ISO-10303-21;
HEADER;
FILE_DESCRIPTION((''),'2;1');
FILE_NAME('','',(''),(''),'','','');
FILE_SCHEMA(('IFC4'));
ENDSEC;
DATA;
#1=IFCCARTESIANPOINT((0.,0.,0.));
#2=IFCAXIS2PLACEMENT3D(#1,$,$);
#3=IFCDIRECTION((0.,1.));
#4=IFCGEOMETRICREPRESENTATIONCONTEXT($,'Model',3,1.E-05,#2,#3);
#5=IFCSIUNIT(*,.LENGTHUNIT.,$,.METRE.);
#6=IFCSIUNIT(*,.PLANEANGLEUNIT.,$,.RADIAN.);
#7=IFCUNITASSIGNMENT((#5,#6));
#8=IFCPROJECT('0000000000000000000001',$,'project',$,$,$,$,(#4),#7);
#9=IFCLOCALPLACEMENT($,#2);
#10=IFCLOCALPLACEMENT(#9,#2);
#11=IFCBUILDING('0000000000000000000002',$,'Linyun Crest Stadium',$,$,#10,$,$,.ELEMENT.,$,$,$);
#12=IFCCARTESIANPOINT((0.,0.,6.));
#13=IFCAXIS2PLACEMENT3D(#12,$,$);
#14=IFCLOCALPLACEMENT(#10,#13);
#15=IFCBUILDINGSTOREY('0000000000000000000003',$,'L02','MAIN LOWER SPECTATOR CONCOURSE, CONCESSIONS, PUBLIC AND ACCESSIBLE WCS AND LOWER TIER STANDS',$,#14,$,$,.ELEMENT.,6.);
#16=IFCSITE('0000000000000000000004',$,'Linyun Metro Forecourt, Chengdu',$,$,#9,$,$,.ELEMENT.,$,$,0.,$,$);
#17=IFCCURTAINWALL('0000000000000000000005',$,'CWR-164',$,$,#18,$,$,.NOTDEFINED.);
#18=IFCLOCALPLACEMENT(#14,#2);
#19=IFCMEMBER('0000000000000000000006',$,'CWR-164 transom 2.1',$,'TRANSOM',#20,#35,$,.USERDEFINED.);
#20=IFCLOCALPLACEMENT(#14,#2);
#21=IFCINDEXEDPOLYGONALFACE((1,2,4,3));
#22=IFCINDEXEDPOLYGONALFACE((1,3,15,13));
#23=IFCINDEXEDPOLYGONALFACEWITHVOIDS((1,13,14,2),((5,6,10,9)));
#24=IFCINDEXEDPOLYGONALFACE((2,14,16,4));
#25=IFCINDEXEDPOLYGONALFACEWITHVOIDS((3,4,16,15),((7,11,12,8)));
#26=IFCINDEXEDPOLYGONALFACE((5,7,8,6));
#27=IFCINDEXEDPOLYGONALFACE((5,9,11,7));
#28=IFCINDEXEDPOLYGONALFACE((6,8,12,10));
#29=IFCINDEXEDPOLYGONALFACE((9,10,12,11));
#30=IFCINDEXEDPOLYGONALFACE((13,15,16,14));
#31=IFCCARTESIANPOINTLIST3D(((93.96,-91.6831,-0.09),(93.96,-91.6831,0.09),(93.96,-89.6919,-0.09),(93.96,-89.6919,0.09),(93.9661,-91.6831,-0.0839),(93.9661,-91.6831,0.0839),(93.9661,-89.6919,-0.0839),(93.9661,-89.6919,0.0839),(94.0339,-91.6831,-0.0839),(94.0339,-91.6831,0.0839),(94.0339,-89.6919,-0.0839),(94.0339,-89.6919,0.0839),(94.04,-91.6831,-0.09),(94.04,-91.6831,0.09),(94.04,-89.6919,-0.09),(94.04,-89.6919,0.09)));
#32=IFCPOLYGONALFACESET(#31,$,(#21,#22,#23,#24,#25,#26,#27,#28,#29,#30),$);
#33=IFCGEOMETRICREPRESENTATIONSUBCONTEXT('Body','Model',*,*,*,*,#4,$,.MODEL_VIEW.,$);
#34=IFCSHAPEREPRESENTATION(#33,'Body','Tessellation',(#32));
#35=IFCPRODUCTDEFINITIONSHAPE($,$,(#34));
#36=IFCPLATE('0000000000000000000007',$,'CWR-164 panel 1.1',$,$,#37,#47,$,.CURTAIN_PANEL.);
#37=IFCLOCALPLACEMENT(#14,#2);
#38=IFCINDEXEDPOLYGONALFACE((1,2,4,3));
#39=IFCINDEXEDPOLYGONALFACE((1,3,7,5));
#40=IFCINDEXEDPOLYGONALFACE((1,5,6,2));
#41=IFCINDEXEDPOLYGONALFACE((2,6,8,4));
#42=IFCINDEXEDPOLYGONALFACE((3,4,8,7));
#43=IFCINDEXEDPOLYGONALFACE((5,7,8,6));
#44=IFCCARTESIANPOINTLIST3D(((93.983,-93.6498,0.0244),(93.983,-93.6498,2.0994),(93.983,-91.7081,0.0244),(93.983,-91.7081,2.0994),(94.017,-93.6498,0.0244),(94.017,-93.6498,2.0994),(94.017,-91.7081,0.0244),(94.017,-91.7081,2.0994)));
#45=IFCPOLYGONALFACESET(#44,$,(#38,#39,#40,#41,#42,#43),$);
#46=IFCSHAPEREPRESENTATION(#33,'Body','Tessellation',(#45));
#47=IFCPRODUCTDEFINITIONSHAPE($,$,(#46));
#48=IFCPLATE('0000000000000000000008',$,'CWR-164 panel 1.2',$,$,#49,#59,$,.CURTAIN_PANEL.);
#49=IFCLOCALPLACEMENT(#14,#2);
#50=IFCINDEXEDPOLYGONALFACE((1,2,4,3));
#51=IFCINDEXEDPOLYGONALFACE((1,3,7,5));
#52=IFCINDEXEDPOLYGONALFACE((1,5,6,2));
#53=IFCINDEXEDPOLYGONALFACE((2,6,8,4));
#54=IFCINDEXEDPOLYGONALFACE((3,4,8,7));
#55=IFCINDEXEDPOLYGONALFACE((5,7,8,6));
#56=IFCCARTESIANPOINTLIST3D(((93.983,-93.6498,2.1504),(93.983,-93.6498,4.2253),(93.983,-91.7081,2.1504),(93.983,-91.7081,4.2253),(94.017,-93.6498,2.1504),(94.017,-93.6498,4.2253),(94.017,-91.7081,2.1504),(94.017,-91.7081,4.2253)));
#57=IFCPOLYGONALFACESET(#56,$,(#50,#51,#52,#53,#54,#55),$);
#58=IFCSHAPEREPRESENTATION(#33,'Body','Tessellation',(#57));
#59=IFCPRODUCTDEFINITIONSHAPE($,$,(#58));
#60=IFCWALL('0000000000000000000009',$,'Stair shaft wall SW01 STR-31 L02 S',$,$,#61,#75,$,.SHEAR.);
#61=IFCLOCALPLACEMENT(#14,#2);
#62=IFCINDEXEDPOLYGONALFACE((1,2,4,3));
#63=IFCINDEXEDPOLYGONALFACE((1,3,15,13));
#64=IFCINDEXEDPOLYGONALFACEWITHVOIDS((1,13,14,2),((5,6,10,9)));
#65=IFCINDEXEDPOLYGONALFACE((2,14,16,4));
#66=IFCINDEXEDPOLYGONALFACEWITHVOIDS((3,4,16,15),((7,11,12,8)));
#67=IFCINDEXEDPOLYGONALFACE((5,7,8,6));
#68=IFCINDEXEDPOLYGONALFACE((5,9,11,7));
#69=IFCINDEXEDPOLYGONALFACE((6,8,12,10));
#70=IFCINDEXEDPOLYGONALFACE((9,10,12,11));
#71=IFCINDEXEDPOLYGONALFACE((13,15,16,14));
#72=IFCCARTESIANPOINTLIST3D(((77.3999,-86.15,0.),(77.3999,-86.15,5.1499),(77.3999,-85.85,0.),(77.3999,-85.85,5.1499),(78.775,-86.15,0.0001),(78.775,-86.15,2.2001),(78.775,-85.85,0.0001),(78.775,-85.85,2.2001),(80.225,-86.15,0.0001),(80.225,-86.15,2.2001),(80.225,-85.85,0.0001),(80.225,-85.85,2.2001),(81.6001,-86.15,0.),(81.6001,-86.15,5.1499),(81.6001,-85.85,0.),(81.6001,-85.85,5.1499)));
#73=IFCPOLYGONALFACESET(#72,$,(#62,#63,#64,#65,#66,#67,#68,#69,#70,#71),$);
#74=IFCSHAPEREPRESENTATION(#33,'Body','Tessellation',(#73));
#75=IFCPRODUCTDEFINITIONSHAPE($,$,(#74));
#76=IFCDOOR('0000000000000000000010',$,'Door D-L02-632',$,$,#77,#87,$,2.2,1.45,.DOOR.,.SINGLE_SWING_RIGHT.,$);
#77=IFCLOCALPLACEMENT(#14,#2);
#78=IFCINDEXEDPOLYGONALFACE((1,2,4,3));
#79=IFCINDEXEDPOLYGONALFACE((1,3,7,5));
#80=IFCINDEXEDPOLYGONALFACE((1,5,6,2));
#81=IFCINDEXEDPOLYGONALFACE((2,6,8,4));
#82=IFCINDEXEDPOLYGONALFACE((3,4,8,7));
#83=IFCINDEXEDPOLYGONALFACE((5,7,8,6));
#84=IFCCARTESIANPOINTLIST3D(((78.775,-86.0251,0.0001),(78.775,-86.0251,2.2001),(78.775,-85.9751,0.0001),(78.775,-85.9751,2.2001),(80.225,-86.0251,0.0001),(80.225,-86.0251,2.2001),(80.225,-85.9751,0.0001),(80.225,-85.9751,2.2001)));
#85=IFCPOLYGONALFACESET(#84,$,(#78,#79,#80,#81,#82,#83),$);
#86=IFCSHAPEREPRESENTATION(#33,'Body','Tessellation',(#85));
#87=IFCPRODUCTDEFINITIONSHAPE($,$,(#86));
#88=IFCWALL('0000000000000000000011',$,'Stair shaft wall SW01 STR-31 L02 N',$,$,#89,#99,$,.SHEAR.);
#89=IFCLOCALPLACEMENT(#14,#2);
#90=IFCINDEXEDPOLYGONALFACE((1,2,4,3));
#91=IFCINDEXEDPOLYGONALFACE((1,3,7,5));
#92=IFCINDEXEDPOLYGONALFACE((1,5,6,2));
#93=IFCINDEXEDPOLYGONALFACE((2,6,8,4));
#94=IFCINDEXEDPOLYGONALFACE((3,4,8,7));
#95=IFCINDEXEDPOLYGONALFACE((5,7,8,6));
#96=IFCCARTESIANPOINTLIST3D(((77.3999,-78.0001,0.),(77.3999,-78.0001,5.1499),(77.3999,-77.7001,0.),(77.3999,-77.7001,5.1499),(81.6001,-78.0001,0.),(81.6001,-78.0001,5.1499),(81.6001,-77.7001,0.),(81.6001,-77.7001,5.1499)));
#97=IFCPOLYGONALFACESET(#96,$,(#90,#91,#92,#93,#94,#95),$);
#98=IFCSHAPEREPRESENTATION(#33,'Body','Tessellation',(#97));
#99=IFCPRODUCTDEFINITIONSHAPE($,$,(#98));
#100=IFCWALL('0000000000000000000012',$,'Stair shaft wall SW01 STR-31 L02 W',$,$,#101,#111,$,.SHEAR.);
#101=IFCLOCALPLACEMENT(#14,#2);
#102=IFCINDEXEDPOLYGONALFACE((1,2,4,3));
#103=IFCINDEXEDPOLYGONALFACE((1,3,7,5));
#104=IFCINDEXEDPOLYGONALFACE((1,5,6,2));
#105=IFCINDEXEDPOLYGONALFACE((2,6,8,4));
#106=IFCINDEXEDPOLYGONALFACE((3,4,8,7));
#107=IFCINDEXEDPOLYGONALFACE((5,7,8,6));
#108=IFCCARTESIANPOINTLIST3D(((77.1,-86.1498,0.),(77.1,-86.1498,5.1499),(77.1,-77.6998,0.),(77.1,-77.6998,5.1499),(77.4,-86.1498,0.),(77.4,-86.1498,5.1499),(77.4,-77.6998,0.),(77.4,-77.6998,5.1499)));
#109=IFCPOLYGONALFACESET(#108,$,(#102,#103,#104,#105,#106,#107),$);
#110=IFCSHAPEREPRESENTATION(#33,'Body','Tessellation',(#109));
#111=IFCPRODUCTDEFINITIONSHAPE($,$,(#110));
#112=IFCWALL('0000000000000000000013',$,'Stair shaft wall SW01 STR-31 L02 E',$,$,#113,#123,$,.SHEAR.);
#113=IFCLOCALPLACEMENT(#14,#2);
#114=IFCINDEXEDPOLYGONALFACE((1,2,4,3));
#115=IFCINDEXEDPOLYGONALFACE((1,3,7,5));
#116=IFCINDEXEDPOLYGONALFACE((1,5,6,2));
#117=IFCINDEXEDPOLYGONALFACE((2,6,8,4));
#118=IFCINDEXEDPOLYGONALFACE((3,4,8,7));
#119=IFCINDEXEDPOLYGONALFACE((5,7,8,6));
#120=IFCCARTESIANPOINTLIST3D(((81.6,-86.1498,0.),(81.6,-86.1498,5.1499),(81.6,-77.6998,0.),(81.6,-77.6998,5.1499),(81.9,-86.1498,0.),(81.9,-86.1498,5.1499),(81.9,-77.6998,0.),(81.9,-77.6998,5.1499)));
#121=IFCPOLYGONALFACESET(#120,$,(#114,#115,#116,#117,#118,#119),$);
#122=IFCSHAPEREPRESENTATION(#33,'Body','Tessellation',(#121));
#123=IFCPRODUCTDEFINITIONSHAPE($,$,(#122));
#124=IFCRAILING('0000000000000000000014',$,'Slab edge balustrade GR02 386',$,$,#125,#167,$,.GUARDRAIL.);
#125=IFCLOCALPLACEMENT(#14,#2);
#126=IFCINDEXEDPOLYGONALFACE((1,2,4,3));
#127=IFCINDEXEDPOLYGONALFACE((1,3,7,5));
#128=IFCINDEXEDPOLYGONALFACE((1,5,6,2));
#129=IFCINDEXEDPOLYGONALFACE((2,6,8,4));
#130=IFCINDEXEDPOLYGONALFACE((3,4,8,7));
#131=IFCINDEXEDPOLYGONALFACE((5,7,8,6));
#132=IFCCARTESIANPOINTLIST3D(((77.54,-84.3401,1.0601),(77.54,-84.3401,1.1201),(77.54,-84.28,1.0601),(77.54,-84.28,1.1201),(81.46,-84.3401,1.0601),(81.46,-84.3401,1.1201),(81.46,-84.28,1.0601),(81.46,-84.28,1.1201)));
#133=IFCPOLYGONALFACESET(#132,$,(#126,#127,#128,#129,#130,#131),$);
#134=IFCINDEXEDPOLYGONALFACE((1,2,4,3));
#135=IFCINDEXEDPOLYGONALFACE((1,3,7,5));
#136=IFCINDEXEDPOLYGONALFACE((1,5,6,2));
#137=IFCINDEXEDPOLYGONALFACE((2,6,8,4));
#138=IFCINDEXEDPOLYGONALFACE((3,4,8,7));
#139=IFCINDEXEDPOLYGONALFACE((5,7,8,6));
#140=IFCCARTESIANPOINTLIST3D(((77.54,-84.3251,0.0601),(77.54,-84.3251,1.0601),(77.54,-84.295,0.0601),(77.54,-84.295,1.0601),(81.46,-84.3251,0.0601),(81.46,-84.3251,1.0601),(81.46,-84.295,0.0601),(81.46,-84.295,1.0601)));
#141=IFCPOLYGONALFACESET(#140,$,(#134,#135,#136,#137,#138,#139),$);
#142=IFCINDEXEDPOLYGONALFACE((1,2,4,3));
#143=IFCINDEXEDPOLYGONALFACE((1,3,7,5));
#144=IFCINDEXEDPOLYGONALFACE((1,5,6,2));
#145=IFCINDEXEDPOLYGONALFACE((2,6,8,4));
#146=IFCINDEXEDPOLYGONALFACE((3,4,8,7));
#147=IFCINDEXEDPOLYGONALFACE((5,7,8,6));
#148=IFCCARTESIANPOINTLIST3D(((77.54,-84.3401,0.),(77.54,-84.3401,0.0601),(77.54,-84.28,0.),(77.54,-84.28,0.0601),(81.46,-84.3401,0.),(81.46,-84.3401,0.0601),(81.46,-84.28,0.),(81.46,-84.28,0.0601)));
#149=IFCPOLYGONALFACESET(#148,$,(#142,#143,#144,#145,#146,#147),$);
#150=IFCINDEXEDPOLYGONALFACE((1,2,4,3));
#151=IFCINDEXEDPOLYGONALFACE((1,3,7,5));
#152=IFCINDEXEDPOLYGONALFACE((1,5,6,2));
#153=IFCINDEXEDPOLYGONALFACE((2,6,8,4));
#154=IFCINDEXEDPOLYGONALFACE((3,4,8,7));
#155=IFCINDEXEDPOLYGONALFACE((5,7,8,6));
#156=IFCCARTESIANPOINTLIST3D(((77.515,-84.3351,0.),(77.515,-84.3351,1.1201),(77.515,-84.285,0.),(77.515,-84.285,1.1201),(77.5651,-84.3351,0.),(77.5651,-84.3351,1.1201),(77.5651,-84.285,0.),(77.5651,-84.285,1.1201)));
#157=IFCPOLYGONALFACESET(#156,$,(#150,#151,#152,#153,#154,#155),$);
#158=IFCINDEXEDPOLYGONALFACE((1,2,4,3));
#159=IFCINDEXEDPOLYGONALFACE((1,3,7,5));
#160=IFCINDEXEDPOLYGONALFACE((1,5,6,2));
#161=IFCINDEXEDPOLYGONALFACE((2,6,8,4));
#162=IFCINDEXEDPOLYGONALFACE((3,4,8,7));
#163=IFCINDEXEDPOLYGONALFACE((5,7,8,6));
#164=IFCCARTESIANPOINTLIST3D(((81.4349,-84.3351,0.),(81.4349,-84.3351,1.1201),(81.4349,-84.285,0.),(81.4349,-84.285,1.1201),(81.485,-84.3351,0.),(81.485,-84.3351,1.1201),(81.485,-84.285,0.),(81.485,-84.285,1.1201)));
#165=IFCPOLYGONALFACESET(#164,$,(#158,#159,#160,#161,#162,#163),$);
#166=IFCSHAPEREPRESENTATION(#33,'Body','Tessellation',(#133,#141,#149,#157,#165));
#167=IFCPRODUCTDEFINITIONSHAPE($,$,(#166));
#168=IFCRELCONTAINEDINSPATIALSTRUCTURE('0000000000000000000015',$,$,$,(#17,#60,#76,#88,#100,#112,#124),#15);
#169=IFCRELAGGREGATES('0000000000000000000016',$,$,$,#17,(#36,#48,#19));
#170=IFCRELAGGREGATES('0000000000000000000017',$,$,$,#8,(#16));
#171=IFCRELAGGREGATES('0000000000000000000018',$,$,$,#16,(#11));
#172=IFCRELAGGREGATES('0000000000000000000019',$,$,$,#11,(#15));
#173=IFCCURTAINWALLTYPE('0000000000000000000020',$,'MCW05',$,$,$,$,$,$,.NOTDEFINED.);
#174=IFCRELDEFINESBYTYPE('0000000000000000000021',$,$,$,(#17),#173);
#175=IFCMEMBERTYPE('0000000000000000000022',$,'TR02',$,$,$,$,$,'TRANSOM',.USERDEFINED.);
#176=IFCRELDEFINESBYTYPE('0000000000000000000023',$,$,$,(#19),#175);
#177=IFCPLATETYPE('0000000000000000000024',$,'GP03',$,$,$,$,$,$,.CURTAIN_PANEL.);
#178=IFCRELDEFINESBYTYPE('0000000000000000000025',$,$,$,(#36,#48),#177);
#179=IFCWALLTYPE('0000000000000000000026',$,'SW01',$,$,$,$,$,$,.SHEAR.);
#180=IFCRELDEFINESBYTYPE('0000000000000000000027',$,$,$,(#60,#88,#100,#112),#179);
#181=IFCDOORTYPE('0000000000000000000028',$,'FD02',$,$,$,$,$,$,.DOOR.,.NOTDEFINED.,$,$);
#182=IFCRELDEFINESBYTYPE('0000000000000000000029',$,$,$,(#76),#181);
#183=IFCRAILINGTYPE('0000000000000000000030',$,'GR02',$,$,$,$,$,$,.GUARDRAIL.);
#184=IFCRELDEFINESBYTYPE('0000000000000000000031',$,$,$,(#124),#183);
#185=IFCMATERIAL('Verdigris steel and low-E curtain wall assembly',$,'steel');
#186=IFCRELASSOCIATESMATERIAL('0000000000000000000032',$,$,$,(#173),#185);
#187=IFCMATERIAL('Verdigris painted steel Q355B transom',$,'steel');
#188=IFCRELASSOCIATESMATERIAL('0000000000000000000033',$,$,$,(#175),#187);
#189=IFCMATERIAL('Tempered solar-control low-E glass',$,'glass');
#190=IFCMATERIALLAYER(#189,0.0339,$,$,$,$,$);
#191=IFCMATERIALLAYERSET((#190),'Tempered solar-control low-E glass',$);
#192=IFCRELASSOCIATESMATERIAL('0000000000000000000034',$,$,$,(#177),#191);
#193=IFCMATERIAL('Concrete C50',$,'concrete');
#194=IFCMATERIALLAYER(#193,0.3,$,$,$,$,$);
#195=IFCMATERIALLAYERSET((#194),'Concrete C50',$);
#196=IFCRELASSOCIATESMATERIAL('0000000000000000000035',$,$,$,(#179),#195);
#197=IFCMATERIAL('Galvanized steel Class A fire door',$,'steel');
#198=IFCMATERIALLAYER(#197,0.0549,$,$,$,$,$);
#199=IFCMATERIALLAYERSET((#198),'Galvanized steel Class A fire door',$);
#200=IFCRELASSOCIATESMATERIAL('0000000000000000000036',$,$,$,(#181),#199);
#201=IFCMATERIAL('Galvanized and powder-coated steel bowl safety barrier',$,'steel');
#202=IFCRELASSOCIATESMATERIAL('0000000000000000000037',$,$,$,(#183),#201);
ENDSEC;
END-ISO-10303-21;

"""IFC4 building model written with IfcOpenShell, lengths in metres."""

from ifc_helpers import new_model, si_unit, direction, frame, frame_2d, origin, origin_2d, place, context, subcontext, project, spatial, rectangle, hollow_rectangle, extrude, material, layer, layer_set, material_profile, profile_set, type_object, element, fill, aggregate, save


model = new_model("IFC4")

# Units and contexts
model_context = context("Model", 3, precision=1e-05, world=origin(), true_north=direction((0.0, 1.0)))
body_context = subcontext(model_context, "Body", "Model", "MODEL_VIEW")
ifc_project = project(units=[si_unit("LENGTHUNIT", "METRE"), si_unit("PLANEANGLEUNIT", "RADIAN")], contexts=[model_context])

# Site, building, storey
site_placement = place(None, origin())
site = spatial("IfcSite", under=ifc_project, at=site_placement, Name="Linyun Metro Forecourt, Chengdu", CompositionType="ELEMENT", RefElevation=0.0)
building_placement = place(site_placement, origin())
building = spatial("IfcBuilding", under=site, at=building_placement, Name="Linyun Crest Stadium", CompositionType="ELEMENT")
storey_placement = place(building_placement, frame((0.0, 0.0, 6.0)))
storey = spatial("IfcBuildingStorey", under=building, at=storey_placement, Name="L02", Description="MAIN LOWER SPECTATOR CONCOURSE, CONCESSIONS, PUBLIC AND ACCESSIBLE WCS AND LOWER TIER STANDS", CompositionType="ELEMENT", Elevation=6.0)

# Curtain wall
ifc_material_1 = material(Name="Verdigris steel and low-E curtain wall assembly", Category="steel")
curtain_wall_type = type_object("IfcCurtainWallType", Name="MCW05", PredefinedType="NOTDEFINED", material=ifc_material_1)
curtain_wall_placement = place(storey_placement, origin())
curtain_wall = element("IfcCurtainWall", 1, at=curtain_wall_placement, inside=storey, type_object=curtain_wall_type, Name="CWR-164", PredefinedType="NOTDEFINED")

# Member
ifc_material_2 = material(Name="Verdigris painted steel Q355B transom", Category="steel")
ifc_material_profile_1 = material_profile(ifc_material_2, hollow_rectangle(XDim=0.0801, YDim=0.1799, WallThickness=0.0061, at=origin_2d()), Name="RHS 180x80x6")
ifc_profile_set_1 = profile_set([ifc_material_profile_1], Name="Verdigris painted steel Q355B transom")
member_type_1 = type_object("IfcMemberType", Name="TR02", ElementType="TRANSOM", PredefinedType="USERDEFINED", material=ifc_profile_set_1)
member_1_placement = place(storey_placement, frame((94.0, -91.6831, 0.0), z_axis=(0.0, 1.0, 0.0), x_axis=(-1.0, 0.0, 0.0)))
member_1 = element("IfcMember", 2, at=member_1_placement, type_object=member_type_1, Name="CWR-164 transom 2.1", ObjectType="TRANSOM", PredefinedType="USERDEFINED", context=body_context, shape_type="SweptSolid", body=[
    extrude(hollow_rectangle(XDim=0.0801, YDim=0.1799, WallThickness=0.0061, at=origin_2d()), origin(), (0.0, 0.0, 1.0), 1.9912),
])

# Plates
ifc_material_3 = material(Name="Tempered solar-control low-E glass", Category="glass")
ifc_layer_1 = layer(ifc_material_3, 0.0339)
ifc_layer_set_1 = layer_set([ifc_layer_1], Name="Tempered solar-control low-E glass")
plate_type = type_object("IfcPlateType", Name="GP03", PredefinedType="CURTAIN_PANEL", material=ifc_layer_set_1)
plate_1_placement = place(storey_placement, frame((94.0, -92.679, 0.0244), z_axis=(0.0, 0.0, 1.0), x_axis=(0.0, 1.0, 0.0)))
plate_1 = element("IfcPlate", 3, at=plate_1_placement, type_object=plate_type, Name="CWR-164 panel 1.1", PredefinedType="CURTAIN_PANEL", context=body_context, shape_type="SweptSolid", body=[
    extrude(rectangle(XDim=1.9417, YDim=0.0339, at=origin_2d()), origin(), (0.0, 0.0, 1.0), 2.075),
])
plate_2_placement = place(storey_placement, frame((94.0, -92.679, 2.1504), z_axis=(0.0, 0.0, 1.0), x_axis=(0.0, 1.0, 0.0)))
plate_2 = element("IfcPlate", 4, at=plate_2_placement, type_object=plate_type, Name="CWR-164 panel 1.2", PredefinedType="CURTAIN_PANEL", context=body_context, shape_type="SweptSolid", body=[
    extrude(rectangle(XDim=1.9417, YDim=0.0339, at=origin_2d()), origin(), (0.0, 0.0, 1.0), 2.075),
])
aggregate(curtain_wall, [plate_1, plate_2, member_1])

# Wall, opening, door
ifc_material_4 = material(Name="Concrete C50", Category="concrete")
ifc_layer_2 = layer(ifc_material_4, 0.3)
ifc_layer_set_2 = layer_set([ifc_layer_2], Name="Concrete C50")
wall_type = type_object("IfcWallType", Name="SW01", PredefinedType="SHEAR", material=ifc_layer_set_2)
wall_1_placement = place(storey_placement, frame((77.3999, -86.0, 0.0), z_axis=(0.0, 0.0, 1.0), x_axis=(1.0, 0.0, 0.0)))
wall_1 = element("IfcWall", 5, at=wall_1_placement, inside=storey, type_object=wall_type, Name="Stair shaft wall SW01 STR-31 L02 S", PredefinedType="SHEAR", context=body_context, shape_type="SweptSolid", body=[
    extrude(rectangle(XDim=4.2002, YDim=0.3, at=frame_2d((2.1001, 0.0))), origin(), (0.0, 0.0, 1.0), 5.1499),
])
opening_placement = place(wall_1_placement, frame((1.375, 0.0, 0.0)))
opening = element("IfcOpeningElement", 6, at=opening_placement, cuts=wall_1, PredefinedType="OPENING", context=body_context, shape_type="SweptSolid", body=[
    extrude(rectangle(XDim=1.45, YDim=2.2, at=frame_2d((0.7251, 1.1001))), frame((0.0, 0.1599, 0.0), z_axis=(0.0, -1.0, 0.0), x_axis=(1.0, 0.0, 0.0)), (0.0, 0.0, 1.0), 0.3201),
])
ifc_material_5 = material(Name="Galvanized steel Class A fire door", Category="steel")
ifc_layer_3 = layer(ifc_material_5, 0.0549)
ifc_layer_set_3 = layer_set([ifc_layer_3], Name="Galvanized steel Class A fire door")
door_type = type_object("IfcDoorType", Name="FD02", OperationType="NOTDEFINED", PredefinedType="DOOR", material=ifc_layer_set_3)
door_placement = place(opening_placement, origin())
door = element("IfcDoor", 7, at=door_placement, inside=storey, type_object=door_type, Name="Door D-L02-632", OperationType="SINGLE_SWING_RIGHT", OverallHeight=2.2, OverallWidth=1.45, PredefinedType="DOOR", context=body_context, shape_type="SweptSolid", body=[
    extrude(rectangle(XDim=1.45, YDim=2.2, at=frame_2d((0.7251, 1.1001))), frame((0.0, 0.0249, 0.0), z_axis=(0.0, -1.0, 0.0), x_axis=(1.0, 0.0, 0.0)), (0.0, 0.0, 1.0), 0.05),
])
fill(opening, door)

# Walls
wall_2_placement = place(storey_placement, frame((77.3999, -77.8501, 0.0), z_axis=(0.0, 0.0, 1.0), x_axis=(1.0, 0.0, 0.0)))
element("IfcWall", 8, at=wall_2_placement, inside=storey, type_object=wall_type, Name="Stair shaft wall SW01 STR-31 L02 N", PredefinedType="SHEAR", context=body_context, shape_type="SweptSolid", body=[
    extrude(rectangle(XDim=4.2002, YDim=0.3, at=frame_2d((2.1001, 0.0))), origin(), (0.0, 0.0, 1.0), 5.1499),
])
for number, where, z_axis, x_axis, name in (
    (9, (77.25, -86.1499, 0.0), (0.0, 0.0, 1.0), (0.0, 1.0, 0.0), "Stair shaft wall SW01 STR-31 L02 W"),
    (10, (81.75, -86.1499, 0.0), (0.0, 0.0, 1.0), (0.0, 1.0, 0.0), "Stair shaft wall SW01 STR-31 L02 E"),
):
    element("IfcWall", number, at=place(storey_placement, frame(where, z_axis=z_axis, x_axis=x_axis)), inside=storey, type_object=wall_type, Name=name, PredefinedType="SHEAR", context=body_context, shape_type="SweptSolid", body=[
        extrude(rectangle(XDim=8.45, YDim=0.3, at=frame_2d((4.2251, 0.0))), origin(), (0.0, 0.0, 1.0), 5.1499),
    ])

# Railing
ifc_material_6 = material(Name="Galvanized and powder-coated steel bowl safety barrier", Category="steel")
railing_type_1 = type_object("IfcRailingType", Name="GR02", PredefinedType="GUARDRAIL", material=ifc_material_6)
railing_1_placement = place(storey_placement, frame((77.54, -84.3101, 0.0)))
element("IfcRailing", 11, at=railing_1_placement, inside=storey, type_object=railing_type_1, Name="Slab edge balustrade GR02 386", PredefinedType="GUARDRAIL", context=body_context, shape_type="SweptSolid", body=[
    extrude(rectangle(XDim=0.0601, YDim=0.0601, at=origin_2d()), frame((0.0, 0.0, 1.0901), z_axis=(1.0, 0.0, 0.0), x_axis=(0.0, 1.0, 0.0)), (0.0, 0.0, 1.0), 3.9199),
    extrude(rectangle(XDim=0.03, YDim=1.0, at=origin_2d()), frame((0.0, 0.0, 0.5601), z_axis=(1.0, 0.0, 0.0), x_axis=(0.0, 1.0, 0.0)), (0.0, 0.0, 1.0), 3.9199),
    extrude(rectangle(XDim=0.0601, YDim=0.0601, at=origin_2d()), frame((0.0, 0.0, 0.03), z_axis=(1.0, 0.0, 0.0), x_axis=(0.0, 1.0, 0.0)), (0.0, 0.0, 1.0), 3.9199),
    extrude(rectangle(XDim=0.05, YDim=0.05, at=origin_2d()), origin(), (0.0, 0.0, 1.0), 1.1201),
    extrude(rectangle(XDim=0.05, YDim=0.05, at=origin_2d()), frame((3.9199, 0.0, 0.0)), (0.0, 0.0, 1.0), 1.1201),
])

save(model, "model.ifc")
